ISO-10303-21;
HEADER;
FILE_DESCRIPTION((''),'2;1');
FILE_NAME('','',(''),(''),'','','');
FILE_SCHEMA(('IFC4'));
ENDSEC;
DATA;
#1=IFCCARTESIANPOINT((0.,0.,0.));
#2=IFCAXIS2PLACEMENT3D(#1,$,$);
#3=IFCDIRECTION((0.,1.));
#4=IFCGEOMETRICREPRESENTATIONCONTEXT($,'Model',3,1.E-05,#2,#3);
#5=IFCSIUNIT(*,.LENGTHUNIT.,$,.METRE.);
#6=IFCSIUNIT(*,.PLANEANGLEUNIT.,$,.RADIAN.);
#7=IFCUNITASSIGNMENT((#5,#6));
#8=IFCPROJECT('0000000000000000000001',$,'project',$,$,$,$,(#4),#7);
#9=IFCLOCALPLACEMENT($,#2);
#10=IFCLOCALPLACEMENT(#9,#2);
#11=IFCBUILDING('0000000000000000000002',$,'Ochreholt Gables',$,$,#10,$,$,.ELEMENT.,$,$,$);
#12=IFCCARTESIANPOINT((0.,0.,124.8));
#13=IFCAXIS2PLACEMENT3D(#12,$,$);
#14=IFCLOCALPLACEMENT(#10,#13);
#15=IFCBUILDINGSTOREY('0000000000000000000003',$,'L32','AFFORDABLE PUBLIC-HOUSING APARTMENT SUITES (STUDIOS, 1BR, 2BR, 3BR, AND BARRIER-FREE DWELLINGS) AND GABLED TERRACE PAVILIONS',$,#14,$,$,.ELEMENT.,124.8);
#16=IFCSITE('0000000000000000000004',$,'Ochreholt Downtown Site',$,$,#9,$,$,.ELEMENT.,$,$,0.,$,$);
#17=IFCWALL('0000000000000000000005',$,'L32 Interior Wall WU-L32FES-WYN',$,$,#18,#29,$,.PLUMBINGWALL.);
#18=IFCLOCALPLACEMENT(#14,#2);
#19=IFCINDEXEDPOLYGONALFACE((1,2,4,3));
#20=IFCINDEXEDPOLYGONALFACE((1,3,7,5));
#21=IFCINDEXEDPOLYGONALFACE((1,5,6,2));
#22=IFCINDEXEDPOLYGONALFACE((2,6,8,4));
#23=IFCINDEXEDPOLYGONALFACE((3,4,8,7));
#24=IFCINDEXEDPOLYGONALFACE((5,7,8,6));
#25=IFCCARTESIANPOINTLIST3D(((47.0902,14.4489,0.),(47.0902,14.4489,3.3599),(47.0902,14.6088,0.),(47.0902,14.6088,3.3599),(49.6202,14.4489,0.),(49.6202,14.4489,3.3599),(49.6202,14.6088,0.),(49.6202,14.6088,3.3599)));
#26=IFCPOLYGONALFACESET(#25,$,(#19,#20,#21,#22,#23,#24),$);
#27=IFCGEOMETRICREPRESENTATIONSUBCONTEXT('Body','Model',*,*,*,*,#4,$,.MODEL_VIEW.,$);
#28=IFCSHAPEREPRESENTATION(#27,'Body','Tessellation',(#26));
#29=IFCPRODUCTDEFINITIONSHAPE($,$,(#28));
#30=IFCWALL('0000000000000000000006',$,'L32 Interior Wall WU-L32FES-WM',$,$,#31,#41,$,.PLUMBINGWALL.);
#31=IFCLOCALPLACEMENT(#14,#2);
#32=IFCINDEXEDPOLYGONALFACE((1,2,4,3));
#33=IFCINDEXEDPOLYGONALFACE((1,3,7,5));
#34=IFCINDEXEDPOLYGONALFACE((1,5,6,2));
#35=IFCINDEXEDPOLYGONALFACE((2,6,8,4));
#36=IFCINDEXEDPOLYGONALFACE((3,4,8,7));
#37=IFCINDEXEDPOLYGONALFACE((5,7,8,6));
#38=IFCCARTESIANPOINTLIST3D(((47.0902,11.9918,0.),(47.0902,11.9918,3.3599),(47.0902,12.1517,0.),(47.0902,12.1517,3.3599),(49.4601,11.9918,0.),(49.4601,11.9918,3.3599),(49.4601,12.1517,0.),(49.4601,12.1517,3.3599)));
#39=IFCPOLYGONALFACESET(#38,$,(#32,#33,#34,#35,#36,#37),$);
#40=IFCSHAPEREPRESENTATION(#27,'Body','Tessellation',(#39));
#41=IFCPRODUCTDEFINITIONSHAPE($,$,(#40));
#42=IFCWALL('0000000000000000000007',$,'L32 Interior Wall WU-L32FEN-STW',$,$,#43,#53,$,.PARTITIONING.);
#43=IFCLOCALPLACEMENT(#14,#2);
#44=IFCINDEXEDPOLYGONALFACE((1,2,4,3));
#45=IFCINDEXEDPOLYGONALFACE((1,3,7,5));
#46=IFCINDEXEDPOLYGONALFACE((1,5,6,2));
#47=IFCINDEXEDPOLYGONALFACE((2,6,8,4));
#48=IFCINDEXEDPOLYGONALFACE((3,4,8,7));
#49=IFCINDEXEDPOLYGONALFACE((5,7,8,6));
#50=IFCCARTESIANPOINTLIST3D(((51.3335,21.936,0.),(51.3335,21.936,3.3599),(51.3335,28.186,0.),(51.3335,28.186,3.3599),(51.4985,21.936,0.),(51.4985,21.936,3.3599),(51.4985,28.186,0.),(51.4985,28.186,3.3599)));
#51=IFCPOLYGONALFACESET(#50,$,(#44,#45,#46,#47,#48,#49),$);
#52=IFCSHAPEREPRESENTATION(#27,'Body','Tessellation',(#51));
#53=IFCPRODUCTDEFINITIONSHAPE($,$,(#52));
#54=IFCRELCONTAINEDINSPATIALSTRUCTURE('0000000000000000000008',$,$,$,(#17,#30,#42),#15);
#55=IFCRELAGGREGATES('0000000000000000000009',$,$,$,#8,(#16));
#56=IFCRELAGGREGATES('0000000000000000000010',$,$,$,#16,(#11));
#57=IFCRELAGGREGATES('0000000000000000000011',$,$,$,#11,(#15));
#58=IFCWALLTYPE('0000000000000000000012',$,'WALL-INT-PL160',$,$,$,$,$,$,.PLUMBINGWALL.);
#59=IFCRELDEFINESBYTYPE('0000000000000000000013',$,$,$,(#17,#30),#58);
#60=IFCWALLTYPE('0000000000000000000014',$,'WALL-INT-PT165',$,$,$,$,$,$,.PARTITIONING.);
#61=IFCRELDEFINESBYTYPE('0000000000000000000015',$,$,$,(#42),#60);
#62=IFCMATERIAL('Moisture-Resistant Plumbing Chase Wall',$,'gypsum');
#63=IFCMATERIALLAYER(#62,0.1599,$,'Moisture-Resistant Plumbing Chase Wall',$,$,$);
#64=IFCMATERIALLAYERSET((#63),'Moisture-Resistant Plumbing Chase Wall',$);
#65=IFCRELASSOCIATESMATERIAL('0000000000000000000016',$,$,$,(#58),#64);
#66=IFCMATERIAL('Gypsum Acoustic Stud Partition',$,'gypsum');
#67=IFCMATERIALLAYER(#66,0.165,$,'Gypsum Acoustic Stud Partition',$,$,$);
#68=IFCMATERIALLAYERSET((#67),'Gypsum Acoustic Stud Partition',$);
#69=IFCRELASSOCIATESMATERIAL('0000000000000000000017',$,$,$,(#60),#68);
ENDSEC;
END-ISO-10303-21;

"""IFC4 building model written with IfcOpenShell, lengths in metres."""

from ifc_helpers import new_model, si_unit, direction, frame, frame_2d, origin, place, context, subcontext, project, spatial, rectangle, extrude, material, layer, layer_set, type_object, element, save


model = new_model("IFC4")

# Units and contexts
model_context = context("Model", 3, precision=1e-05, world=origin(), true_north=direction((0.0, 1.0)))
body_context = subcontext(model_context, "Body", "Model", "MODEL_VIEW")
ifc_project = project(units=[si_unit("LENGTHUNIT", "METRE"), si_unit("PLANEANGLEUNIT", "RADIAN")], contexts=[model_context])

# Site, building, storey
site_placement = place(None, origin())
site = spatial("IfcSite", under=ifc_project, at=site_placement, Name="Ochreholt Downtown Site", CompositionType="ELEMENT", RefElevation=0.0)
building_placement = place(site_placement, origin())
building = spatial("IfcBuilding", under=site, at=building_placement, Name="Ochreholt Gables", CompositionType="ELEMENT")
storey_placement = place(building_placement, frame((0.0, 0.0, 124.8)))
storey = spatial("IfcBuildingStorey", under=building, at=storey_placement, Name="L32", Description="AFFORDABLE PUBLIC-HOUSING APARTMENT SUITES (STUDIOS, 1BR, 2BR, 3BR, AND BARRIER-FREE DWELLINGS) AND GABLED TERRACE PAVILIONS", CompositionType="ELEMENT", Elevation=124.8)

# Shared definitions
ifc_material_1 = material(Name="Moisture-Resistant Plumbing Chase Wall", Category="gypsum")
ifc_layer_1 = layer(ifc_material_1, 0.1599, Name="Moisture-Resistant Plumbing Chase Wall")
ifc_layer_set_1 = layer_set([ifc_layer_1], Name="Moisture-Resistant Plumbing Chase Wall")
wall_type_1 = type_object("IfcWallType", Name="WALL-INT-PL160", PredefinedType="PLUMBINGWALL", material=ifc_layer_set_1)

# Wall
for number, where, z_axis, x_axis, name in (
    (1, (47.0901, 14.5288, 0.0), (0.0, 0.0, 1.0), (1.0, 0.0, 0.0), "L32 Interior Wall WU-L32FES-WYN"),
):
    element("IfcWall", number, at=place(storey_placement, frame(where, z_axis=z_axis, x_axis=x_axis)), inside=storey, type_object=wall_type_1, Name=name, PredefinedType="PLUMBINGWALL", context=body_context, shape_type="SweptSolid", body=[
        extrude(rectangle(XDim=2.53, YDim=0.1599, at=frame_2d((1.2651, 0.0))), origin(), (0.0, 0.0, 1.0), 3.3599),
    ])

# Walls
wall_1_placement = place(storey_placement, frame((47.0901, 12.0718, 0.0), z_axis=(0.0, 0.0, 1.0), x_axis=(1.0, 0.0, 0.0)))
element("IfcWall", 2, at=wall_1_placement, inside=storey, type_object=wall_type_1, Name="L32 Interior Wall WU-L32FES-WM", PredefinedType="PLUMBINGWALL", context=body_context, shape_type="SweptSolid", body=[
    extrude(rectangle(XDim=2.3699, YDim=0.1599, at=frame_2d((1.1851, 0.0))), origin(), (0.0, 0.0, 1.0), 3.3599),
])
ifc_material_2 = material(Name="Gypsum Acoustic Stud Partition", Category="gypsum")
ifc_layer_2 = layer(ifc_material_2, 0.165, Name="Gypsum Acoustic Stud Partition")
ifc_layer_set_2 = layer_set([ifc_layer_2], Name="Gypsum Acoustic Stud Partition")
wall_type_2 = type_object("IfcWallType", Name="WALL-INT-PT165", PredefinedType="PARTITIONING", material=ifc_layer_set_2)
wall_2_placement = place(storey_placement, frame((51.416, 21.936, 0.0), z_axis=(0.0, 0.0, 1.0), x_axis=(0.0, 1.0, 0.0)))
element("IfcWall", 3, at=wall_2_placement, inside=storey, type_object=wall_type_2, Name="L32 Interior Wall WU-L32FEN-STW", PredefinedType="PARTITIONING", context=body_context, shape_type="SweptSolid", body=[
    extrude(rectangle(XDim=6.25, YDim=0.165, at=frame_2d((3.125, 0.0))), origin(), (0.0, 0.0, 1.0), 3.3599),
])

save(model, "model.ifc")
